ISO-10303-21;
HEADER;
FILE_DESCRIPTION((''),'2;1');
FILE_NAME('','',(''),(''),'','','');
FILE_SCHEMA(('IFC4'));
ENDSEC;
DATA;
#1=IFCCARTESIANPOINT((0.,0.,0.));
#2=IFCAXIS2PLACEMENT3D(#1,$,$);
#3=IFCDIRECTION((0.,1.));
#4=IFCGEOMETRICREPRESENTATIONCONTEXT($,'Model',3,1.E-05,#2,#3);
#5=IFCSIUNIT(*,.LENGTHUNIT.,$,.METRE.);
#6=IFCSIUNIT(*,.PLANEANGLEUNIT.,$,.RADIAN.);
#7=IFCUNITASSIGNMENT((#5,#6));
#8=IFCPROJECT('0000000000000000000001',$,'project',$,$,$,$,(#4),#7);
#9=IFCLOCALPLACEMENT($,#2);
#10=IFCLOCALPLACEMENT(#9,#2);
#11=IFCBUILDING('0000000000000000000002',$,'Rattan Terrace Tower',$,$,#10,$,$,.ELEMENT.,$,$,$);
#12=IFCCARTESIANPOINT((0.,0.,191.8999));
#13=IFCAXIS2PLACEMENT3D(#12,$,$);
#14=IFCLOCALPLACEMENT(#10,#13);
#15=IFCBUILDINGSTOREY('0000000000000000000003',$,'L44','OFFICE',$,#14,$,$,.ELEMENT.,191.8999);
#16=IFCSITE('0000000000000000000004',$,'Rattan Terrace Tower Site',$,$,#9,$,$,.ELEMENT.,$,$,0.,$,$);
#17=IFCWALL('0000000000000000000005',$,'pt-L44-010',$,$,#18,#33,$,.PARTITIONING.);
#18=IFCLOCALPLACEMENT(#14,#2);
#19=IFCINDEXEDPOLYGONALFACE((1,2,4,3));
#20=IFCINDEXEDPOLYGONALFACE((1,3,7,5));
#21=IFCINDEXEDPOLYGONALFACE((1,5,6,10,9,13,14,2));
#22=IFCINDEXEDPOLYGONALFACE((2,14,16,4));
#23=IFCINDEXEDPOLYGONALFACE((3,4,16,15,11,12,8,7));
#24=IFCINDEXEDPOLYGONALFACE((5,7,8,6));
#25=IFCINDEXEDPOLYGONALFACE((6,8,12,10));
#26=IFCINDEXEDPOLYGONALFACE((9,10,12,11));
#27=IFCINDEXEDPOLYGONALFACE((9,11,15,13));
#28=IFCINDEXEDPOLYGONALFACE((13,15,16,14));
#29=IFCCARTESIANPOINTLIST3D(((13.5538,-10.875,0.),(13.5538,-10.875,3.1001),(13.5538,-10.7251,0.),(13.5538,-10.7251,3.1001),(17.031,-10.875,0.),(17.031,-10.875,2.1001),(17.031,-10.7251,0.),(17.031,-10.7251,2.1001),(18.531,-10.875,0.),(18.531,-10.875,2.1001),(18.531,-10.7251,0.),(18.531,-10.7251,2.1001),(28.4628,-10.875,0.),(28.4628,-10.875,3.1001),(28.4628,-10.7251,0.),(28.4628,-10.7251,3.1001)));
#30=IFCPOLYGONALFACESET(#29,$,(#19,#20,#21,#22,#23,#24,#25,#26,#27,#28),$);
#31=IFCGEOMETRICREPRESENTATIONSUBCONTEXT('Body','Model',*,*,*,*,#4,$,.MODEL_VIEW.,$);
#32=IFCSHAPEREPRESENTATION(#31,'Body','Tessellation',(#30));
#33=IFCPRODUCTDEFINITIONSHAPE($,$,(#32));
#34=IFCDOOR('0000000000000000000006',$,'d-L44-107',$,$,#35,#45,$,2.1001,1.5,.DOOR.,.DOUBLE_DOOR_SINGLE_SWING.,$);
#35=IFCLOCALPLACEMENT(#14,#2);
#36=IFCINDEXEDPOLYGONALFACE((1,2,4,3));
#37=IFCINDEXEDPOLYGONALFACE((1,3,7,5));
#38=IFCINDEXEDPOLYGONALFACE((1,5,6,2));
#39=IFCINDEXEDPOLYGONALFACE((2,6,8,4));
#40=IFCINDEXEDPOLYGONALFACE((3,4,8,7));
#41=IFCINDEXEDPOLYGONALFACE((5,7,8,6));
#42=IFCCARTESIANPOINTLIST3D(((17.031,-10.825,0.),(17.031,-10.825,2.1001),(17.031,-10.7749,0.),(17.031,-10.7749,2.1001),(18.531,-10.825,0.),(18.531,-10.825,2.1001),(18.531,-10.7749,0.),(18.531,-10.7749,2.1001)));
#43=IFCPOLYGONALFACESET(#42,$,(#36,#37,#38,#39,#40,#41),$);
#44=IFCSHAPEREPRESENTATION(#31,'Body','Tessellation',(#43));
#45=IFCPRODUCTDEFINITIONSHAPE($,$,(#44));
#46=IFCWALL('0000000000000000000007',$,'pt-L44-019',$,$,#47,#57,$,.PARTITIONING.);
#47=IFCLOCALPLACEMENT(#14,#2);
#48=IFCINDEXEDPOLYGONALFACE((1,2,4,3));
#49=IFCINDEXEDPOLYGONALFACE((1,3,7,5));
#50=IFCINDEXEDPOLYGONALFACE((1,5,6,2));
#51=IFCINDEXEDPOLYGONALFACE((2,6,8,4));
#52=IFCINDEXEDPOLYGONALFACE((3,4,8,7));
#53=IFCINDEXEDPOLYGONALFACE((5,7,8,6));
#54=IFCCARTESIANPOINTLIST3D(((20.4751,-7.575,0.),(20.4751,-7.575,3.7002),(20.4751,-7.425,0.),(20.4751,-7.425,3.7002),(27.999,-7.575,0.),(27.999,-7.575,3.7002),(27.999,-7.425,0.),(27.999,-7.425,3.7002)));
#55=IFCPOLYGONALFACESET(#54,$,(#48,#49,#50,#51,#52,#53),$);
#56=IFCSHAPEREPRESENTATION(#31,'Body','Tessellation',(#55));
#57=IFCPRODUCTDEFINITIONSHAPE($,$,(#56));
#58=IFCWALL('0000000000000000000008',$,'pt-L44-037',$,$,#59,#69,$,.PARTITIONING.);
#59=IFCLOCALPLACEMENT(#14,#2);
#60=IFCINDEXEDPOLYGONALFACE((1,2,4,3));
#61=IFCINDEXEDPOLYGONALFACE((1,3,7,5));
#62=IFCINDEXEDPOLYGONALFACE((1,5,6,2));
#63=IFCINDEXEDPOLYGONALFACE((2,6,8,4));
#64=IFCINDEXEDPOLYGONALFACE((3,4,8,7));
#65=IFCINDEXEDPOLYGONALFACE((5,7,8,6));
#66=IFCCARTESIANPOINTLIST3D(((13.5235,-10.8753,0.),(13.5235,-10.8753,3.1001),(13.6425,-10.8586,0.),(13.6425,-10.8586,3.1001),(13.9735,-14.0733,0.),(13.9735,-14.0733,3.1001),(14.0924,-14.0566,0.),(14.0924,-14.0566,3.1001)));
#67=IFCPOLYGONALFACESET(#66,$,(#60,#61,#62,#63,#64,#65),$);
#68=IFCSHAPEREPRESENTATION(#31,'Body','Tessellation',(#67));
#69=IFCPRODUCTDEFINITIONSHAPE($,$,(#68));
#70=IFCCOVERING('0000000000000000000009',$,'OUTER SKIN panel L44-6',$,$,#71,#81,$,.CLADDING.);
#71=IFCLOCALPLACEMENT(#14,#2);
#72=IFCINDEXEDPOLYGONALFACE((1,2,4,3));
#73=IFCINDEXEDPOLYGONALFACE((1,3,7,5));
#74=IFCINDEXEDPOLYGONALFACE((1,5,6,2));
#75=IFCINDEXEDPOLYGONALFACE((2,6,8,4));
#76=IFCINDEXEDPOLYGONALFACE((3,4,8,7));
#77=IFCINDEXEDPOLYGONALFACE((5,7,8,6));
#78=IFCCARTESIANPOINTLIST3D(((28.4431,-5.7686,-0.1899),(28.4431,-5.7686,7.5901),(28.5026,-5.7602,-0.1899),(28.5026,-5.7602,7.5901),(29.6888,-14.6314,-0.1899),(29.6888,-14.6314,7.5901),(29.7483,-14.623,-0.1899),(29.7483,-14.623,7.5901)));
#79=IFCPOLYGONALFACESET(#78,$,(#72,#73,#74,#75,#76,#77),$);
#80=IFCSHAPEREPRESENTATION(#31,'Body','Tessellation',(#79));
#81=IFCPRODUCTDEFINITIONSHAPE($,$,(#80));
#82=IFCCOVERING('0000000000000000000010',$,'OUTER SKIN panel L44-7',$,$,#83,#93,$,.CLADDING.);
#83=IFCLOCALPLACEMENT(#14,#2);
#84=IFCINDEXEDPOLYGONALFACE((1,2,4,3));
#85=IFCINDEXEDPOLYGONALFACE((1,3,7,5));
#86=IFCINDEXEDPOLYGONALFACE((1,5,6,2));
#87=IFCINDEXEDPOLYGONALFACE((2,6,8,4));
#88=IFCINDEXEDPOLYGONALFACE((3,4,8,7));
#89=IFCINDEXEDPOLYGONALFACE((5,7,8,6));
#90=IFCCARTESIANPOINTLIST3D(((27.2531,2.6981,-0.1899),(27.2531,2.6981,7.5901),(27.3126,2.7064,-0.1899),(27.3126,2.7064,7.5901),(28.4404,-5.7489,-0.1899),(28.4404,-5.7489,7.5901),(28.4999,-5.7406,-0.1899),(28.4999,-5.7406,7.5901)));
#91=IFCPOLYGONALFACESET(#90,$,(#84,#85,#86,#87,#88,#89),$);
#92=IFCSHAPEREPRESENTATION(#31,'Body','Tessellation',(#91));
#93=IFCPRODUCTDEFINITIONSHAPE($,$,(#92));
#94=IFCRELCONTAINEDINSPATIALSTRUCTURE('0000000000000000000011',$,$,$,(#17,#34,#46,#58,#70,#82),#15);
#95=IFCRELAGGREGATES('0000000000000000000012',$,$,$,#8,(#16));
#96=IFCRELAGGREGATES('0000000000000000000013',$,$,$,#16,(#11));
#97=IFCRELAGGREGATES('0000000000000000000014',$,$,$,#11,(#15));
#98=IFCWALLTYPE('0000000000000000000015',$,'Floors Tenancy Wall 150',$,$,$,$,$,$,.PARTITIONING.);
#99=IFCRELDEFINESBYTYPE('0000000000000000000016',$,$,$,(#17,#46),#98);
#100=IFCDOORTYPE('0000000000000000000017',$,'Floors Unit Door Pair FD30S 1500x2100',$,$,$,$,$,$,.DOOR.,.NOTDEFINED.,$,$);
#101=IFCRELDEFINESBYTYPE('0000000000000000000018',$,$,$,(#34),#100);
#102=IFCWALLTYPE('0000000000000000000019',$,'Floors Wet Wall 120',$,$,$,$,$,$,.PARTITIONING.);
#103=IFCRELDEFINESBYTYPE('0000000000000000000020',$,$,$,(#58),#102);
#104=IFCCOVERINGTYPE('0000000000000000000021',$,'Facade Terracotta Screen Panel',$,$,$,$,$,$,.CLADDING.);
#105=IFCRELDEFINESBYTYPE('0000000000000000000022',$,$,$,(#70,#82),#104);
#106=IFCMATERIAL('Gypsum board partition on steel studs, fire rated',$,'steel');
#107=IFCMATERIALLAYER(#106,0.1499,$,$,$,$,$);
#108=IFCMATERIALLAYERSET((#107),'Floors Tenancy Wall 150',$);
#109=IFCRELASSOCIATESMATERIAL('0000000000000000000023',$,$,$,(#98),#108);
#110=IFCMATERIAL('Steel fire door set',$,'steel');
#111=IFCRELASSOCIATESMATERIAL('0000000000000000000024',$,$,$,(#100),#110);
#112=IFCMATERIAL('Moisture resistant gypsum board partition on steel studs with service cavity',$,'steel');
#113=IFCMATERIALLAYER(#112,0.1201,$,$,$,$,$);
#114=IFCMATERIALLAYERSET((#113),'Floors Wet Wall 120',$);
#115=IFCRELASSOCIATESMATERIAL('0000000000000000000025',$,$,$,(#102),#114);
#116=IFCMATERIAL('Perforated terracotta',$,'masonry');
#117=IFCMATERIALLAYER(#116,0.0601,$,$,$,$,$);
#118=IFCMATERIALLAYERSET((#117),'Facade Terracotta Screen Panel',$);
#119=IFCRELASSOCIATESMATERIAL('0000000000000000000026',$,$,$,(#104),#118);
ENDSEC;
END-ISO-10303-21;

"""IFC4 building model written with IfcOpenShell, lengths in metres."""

from ifc_helpers import new_model, si_unit, direction, frame, frame_2d, origin, origin_2d, place, context, subcontext, project, spatial, rectangle, extrude, material, layer, layer_set, type_object, element, fill, save


model = new_model("IFC4")

# Units and contexts
model_context = context("Model", 3, precision=1e-05, world=origin(), true_north=direction((0.0, 1.0)))
body_context = subcontext(model_context, "Body", "Model", "MODEL_VIEW")
ifc_project = project(units=[si_unit("LENGTHUNIT", "METRE"), si_unit("PLANEANGLEUNIT", "RADIAN")], contexts=[model_context])

# Site, building, storey
site_placement = place(None, origin())
site = spatial("IfcSite", under=ifc_project, at=site_placement, Name="Rattan Terrace Tower Site", CompositionType="ELEMENT", RefElevation=0.0)
building_placement = place(site_placement, origin())
building = spatial("IfcBuilding", under=site, at=building_placement, Name="Rattan Terrace Tower", CompositionType="ELEMENT")
storey_placement = place(building_placement, frame((0.0, 0.0, 191.8999)))
storey = spatial("IfcBuildingStorey", under=building, at=storey_placement, Name="L44", Description="OFFICE", CompositionType="ELEMENT", Elevation=191.8999)

# Wall, opening, door
ifc_material_1 = material(Name="Gypsum board partition on steel studs, fire rated", Category="steel")
ifc_layer_1 = layer(ifc_material_1, 0.1499)
ifc_layer_set_1 = layer_set([ifc_layer_1], Name="Floors Tenancy Wall 150")
wall_type_1 = type_object("IfcWallType", Name="Floors Tenancy Wall 150", PredefinedType="PARTITIONING", material=ifc_layer_set_1)
wall_1_placement = place(storey_placement, frame((28.4629, -10.8, 0.0), z_axis=(0.0, 0.0, 1.0), x_axis=(-1.0, 0.0, 0.0)))
wall_1 = element("IfcWall", 1, at=wall_1_placement, inside=storey, type_object=wall_type_1, Name="pt-L44-010", PredefinedType="PARTITIONING", context=body_context, shape_type="SweptSolid", body=[
    extrude(rectangle(XDim=14.9089, YDim=0.1499, at=frame_2d((7.4546, 0.0))), origin(), (0.0, 0.0, 1.0), 3.1001),
])
opening_1_placement = place(wall_1_placement, frame((9.9319, 0.0, 0.0)))
opening_1 = element("IfcOpeningElement", 2, at=opening_1_placement, cuts=wall_1, PredefinedType="OPENING", context=body_context, shape_type="SweptSolid", body=[
    extrude(rectangle(XDim=1.5, YDim=2.1001, at=frame_2d((0.75, 1.05))), frame((0.0, 0.0854, 0.0), z_axis=(0.0, -1.0, 0.0), x_axis=(1.0, 0.0, 0.0)), (0.0, 0.0, 1.0), 0.1709),
])
ifc_material_2 = material(Name="Steel fire door set", Category="steel")
door_type_1 = type_object("IfcDoorType", Name="Floors Unit Door Pair FD30S 1500x2100", OperationType="NOTDEFINED", PredefinedType="DOOR", material=ifc_material_2)
door_1_placement = place(opening_1_placement, origin())
door_1 = element("IfcDoor", 3, at=door_1_placement, inside=storey, type_object=door_type_1, Name="d-L44-107", OperationType="DOUBLE_DOOR_SINGLE_SWING", OverallHeight=2.1001, OverallWidth=1.5, PredefinedType="DOOR", context=body_context, shape_type="SweptSolid", body=[
    extrude(rectangle(XDim=1.5, YDim=2.1001, at=frame_2d((0.75, 1.05))), frame((0.0, 0.0249, 0.0), z_axis=(0.0, -1.0, 0.0), x_axis=(1.0, 0.0, 0.0)), (0.0, 0.0, 1.0), 0.05),
])
fill(opening_1, door_1)

# Walls
wall_2_placement = place(storey_placement, frame((20.4751, -7.5, 0.0), z_axis=(0.0, 0.0, 1.0), x_axis=(1.0, 0.0, 0.0)))
element("IfcWall", 4, at=wall_2_placement, inside=storey, type_object=wall_type_1, Name="pt-L44-019", PredefinedType="PARTITIONING", context=body_context, shape_type="SweptSolid", body=[
    extrude(rectangle(XDim=7.5239, YDim=0.1499, at=frame_2d((3.762, 0.0))), origin(), (0.0, 0.0, 1.0), 3.7002),
])
ifc_material_3 = material(Name="Moisture resistant gypsum board partition on steel studs with service cavity", Category="steel")
ifc_layer_2 = layer(ifc_material_3, 0.1201)
ifc_layer_set_2 = layer_set([ifc_layer_2], Name="Floors Wet Wall 120")
wall_type_2 = type_object("IfcWallType", Name="Floors Wet Wall 120", PredefinedType="PARTITIONING", material=ifc_layer_set_2)
wall_3_placement = place(storey_placement, frame((14.033, -14.0649, 0.0), z_axis=(0.0, 0.0, 1.0), x_axis=(-0.139325, 0.990247, 0.0)))
element("IfcWall", 5, at=wall_3_placement, inside=storey, type_object=wall_type_2, Name="pt-L44-037", PredefinedType="PARTITIONING", context=body_context, shape_type="SweptSolid", body=[
    extrude(rectangle(XDim=3.2295, YDim=0.1201, at=frame_2d((1.6147, 0.0))), origin(), (0.0, 0.0, 1.0), 3.1001),
])

# Coverings
ifc_material_4 = material(Name="Perforated terracotta", Category="masonry")
ifc_layer_3 = layer(ifc_material_4, 0.0601)
ifc_layer_set_3 = layer_set([ifc_layer_3], Name="Facade Terracotta Screen Panel")
covering_type = type_object("IfcCoveringType", Name="Facade Terracotta Screen Panel", PredefinedType="CLADDING", material=ifc_layer_set_3)
covering_1_placement = place(storey_placement, frame((29.0957, -10.1958, -0.1899), z_axis=(0.0, 0.0, 1.0), x_axis=(-0.139191, 0.990266, 0.0)))
element("IfcCovering", 6, at=covering_1_placement, inside=storey, type_object=covering_type, Name="OUTER SKIN panel L44-6", PredefinedType="CLADDING", context=body_context, shape_type="SweptSolid", body=[
    extrude(rectangle(XDim=8.95, YDim=0.0601, at=origin_2d()), origin(), (0.0, 0.0, 1.0), 7.78),
])
covering_2_placement = place(storey_placement, frame((27.8765, -1.5212, -0.1899), z_axis=(0.0, 0.0, 1.0), x_axis=(-0.139191, 0.990266, 0.0)))
element("IfcCovering", 7, at=covering_2_placement, inside=storey, type_object=covering_type, Name="OUTER SKIN panel L44-7", PredefinedType="CLADDING", context=body_context, shape_type="SweptSolid", body=[
    extrude(rectangle(XDim=8.53, YDim=0.0601, at=origin_2d()), origin(), (0.0, 0.0, 1.0), 7.78),
])

save(model, "model.ifc")
